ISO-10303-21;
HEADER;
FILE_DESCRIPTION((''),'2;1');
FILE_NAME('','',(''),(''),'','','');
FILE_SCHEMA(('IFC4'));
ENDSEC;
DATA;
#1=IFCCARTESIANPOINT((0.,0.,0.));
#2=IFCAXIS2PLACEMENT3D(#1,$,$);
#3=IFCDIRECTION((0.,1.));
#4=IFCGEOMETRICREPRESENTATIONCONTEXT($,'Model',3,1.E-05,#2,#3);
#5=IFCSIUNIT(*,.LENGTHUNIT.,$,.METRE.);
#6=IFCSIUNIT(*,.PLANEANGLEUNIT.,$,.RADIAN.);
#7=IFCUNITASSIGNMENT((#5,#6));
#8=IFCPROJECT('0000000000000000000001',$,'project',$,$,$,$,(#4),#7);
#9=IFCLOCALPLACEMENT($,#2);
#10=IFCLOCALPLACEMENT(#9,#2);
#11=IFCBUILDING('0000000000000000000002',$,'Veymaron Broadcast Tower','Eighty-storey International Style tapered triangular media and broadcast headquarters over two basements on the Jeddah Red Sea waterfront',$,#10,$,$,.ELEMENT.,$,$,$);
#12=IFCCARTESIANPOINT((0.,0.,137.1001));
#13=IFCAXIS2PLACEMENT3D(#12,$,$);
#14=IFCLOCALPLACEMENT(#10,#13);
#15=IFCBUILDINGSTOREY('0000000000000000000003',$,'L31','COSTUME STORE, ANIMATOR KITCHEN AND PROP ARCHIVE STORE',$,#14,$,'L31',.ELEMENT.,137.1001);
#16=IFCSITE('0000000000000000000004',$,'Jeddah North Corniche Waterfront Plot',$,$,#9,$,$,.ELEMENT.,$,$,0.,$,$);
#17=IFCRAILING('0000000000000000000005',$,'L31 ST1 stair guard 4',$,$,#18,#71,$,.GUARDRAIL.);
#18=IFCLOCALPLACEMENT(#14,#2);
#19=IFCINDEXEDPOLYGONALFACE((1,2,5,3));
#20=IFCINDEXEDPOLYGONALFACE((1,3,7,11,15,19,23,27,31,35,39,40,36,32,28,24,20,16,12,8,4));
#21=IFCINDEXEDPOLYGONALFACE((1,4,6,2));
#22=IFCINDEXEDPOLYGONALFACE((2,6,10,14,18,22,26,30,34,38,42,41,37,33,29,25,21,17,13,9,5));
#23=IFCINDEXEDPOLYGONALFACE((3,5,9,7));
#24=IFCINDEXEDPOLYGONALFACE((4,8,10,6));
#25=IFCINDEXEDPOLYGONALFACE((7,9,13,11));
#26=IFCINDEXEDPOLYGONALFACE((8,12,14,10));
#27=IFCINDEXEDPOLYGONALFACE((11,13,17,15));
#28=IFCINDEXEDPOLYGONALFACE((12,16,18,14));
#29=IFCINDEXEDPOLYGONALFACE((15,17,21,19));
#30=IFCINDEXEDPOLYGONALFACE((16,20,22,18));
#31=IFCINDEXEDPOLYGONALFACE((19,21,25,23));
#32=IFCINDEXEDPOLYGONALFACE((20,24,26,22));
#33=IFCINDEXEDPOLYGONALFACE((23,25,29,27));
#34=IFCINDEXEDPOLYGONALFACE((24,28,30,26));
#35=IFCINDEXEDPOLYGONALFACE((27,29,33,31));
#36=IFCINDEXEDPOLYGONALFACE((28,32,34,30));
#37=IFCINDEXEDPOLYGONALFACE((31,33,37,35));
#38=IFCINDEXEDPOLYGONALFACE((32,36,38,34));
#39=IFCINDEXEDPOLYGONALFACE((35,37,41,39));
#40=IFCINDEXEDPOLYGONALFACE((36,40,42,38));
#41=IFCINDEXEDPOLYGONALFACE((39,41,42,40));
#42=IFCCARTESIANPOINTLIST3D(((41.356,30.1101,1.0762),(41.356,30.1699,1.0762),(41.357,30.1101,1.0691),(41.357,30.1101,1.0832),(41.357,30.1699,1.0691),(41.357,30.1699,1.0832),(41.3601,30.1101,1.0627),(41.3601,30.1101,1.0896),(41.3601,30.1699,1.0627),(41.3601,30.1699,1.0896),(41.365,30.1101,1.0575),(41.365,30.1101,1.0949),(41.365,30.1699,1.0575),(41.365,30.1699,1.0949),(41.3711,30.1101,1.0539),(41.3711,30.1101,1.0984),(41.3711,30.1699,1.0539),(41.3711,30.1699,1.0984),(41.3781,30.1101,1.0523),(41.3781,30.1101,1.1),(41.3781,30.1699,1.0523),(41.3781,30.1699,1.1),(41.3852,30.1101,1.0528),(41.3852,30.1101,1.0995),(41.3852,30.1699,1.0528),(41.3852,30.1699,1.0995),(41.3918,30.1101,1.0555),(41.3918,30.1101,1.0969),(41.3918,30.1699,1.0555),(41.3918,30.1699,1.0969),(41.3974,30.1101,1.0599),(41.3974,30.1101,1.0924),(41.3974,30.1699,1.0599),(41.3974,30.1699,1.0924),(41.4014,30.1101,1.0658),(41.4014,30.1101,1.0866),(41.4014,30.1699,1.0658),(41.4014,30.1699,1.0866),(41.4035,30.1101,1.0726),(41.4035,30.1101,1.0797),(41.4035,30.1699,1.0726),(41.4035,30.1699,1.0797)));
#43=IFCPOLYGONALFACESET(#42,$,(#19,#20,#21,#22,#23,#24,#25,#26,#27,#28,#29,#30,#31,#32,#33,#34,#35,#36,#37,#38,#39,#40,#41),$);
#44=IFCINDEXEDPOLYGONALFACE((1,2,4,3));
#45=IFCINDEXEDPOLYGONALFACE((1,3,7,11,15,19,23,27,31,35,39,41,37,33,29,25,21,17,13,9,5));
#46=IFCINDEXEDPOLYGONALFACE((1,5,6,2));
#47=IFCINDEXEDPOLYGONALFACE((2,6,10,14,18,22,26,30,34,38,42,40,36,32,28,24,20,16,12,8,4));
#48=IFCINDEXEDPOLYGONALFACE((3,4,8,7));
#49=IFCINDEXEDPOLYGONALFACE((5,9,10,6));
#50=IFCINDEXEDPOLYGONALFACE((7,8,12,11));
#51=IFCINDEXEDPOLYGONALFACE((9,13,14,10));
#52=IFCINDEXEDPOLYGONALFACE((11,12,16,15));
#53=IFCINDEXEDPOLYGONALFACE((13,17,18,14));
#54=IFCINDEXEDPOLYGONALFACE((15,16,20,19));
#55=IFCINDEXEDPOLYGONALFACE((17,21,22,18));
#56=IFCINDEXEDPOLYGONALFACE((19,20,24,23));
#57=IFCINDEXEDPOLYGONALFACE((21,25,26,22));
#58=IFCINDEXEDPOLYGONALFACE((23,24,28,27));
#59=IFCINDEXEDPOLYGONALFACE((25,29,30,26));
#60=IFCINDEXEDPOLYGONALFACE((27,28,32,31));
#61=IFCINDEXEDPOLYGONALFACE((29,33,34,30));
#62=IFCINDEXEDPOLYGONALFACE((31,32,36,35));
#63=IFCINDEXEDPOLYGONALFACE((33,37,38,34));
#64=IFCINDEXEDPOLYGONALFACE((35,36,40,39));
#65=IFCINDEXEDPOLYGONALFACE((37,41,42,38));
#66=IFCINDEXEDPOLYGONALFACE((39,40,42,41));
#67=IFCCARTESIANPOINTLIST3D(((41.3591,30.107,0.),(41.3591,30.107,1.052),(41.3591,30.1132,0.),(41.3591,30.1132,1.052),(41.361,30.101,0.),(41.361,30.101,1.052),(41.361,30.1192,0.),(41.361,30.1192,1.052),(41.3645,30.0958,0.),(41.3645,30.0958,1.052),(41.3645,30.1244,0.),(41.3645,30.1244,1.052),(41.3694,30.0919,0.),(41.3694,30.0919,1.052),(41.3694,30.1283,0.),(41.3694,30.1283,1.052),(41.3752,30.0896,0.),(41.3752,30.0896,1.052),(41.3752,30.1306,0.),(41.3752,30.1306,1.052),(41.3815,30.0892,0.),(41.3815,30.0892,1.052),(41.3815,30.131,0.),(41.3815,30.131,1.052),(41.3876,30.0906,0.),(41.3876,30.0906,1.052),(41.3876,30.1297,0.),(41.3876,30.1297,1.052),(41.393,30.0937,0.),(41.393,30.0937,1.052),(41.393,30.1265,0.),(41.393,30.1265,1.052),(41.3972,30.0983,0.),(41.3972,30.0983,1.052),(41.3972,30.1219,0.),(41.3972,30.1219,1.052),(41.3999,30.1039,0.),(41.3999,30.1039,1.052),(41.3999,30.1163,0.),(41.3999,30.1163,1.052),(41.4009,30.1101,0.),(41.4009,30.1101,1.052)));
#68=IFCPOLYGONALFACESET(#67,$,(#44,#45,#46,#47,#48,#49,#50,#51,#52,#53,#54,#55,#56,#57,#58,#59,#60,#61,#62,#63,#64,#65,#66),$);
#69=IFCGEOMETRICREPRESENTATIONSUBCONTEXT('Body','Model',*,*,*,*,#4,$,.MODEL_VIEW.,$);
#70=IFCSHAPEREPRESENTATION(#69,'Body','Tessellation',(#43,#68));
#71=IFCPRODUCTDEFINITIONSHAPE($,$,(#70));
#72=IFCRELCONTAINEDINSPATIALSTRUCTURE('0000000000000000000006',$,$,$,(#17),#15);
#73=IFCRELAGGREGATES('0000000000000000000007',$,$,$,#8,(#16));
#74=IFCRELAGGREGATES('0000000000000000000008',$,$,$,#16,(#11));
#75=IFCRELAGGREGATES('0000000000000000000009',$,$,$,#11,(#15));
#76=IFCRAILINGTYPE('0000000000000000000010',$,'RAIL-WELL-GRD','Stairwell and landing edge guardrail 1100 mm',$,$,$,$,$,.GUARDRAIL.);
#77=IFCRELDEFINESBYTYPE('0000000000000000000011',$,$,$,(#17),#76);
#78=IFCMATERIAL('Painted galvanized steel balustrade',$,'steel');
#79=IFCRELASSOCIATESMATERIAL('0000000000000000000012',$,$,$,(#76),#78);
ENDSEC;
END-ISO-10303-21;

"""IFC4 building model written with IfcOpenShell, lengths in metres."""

from ifc_helpers import new_model, si_unit, direction, frame, origin, origin_2d, place, context, subcontext, project, spatial, circle, extrude, material, type_object, element, save


model = new_model("IFC4")

# Units and contexts
model_context = context("Model", 3, precision=1e-05, world=origin(), true_north=direction((0.0, 1.0)))
body_context = subcontext(model_context, "Body", "Model", "MODEL_VIEW")
ifc_project = project(units=[si_unit("LENGTHUNIT", "METRE"), si_unit("PLANEANGLEUNIT", "RADIAN")], contexts=[model_context])

# Site, building, storey
site_placement = place(None, origin())
site = spatial("IfcSite", under=ifc_project, at=site_placement, Name="Jeddah North Corniche Waterfront Plot", CompositionType="ELEMENT", RefElevation=0.0)
building_placement = place(site_placement, origin())
building = spatial("IfcBuilding", under=site, at=building_placement, Name="Veymaron Broadcast Tower", Description="Eighty-storey International Style tapered triangular media and broadcast headquarters over two basements on the Jeddah Red Sea waterfront", CompositionType="ELEMENT")
storey_placement = place(building_placement, frame((0.0, 0.0, 137.1001)))
storey = spatial("IfcBuildingStorey", under=building, at=storey_placement, Name="L31", Description="COSTUME STORE, ANIMATOR KITCHEN AND PROP ARCHIVE STORE", LongName="L31", CompositionType="ELEMENT", Elevation=137.1001)

# Railing
ifc_material_1 = material(Name="Painted galvanized steel balustrade", Category="steel")
railing_type_1 = type_object("IfcRailingType", Name="RAIL-WELL-GRD", Description="Stairwell and landing edge guardrail 1100 mm", PredefinedType="GUARDRAIL", material=ifc_material_1)
railing_1_placement = place(storey_placement, frame((41.3799, 30.1101, 0.0)))
element("IfcRailing", 1, at=railing_1_placement, inside=storey, type_object=railing_type_1, Name="L31 ST1 stair guard 4", PredefinedType="GUARDRAIL", context=body_context, shape_type="SweptSolid", body=[
    extrude(circle(Radius=0.0239, at=origin_2d()), frame((0.0, 0.0, 1.0762), z_axis=(0.0, 1.0, 0.0), x_axis=(-1.0, 0.0, 0.0)), (0.0, 0.0, 1.0), 0.0598),
    extrude(circle(Radius=0.021, at=origin_2d()), origin(), (0.0, 0.0, 1.0), 1.052),
])

save(model, "model.ifc")
